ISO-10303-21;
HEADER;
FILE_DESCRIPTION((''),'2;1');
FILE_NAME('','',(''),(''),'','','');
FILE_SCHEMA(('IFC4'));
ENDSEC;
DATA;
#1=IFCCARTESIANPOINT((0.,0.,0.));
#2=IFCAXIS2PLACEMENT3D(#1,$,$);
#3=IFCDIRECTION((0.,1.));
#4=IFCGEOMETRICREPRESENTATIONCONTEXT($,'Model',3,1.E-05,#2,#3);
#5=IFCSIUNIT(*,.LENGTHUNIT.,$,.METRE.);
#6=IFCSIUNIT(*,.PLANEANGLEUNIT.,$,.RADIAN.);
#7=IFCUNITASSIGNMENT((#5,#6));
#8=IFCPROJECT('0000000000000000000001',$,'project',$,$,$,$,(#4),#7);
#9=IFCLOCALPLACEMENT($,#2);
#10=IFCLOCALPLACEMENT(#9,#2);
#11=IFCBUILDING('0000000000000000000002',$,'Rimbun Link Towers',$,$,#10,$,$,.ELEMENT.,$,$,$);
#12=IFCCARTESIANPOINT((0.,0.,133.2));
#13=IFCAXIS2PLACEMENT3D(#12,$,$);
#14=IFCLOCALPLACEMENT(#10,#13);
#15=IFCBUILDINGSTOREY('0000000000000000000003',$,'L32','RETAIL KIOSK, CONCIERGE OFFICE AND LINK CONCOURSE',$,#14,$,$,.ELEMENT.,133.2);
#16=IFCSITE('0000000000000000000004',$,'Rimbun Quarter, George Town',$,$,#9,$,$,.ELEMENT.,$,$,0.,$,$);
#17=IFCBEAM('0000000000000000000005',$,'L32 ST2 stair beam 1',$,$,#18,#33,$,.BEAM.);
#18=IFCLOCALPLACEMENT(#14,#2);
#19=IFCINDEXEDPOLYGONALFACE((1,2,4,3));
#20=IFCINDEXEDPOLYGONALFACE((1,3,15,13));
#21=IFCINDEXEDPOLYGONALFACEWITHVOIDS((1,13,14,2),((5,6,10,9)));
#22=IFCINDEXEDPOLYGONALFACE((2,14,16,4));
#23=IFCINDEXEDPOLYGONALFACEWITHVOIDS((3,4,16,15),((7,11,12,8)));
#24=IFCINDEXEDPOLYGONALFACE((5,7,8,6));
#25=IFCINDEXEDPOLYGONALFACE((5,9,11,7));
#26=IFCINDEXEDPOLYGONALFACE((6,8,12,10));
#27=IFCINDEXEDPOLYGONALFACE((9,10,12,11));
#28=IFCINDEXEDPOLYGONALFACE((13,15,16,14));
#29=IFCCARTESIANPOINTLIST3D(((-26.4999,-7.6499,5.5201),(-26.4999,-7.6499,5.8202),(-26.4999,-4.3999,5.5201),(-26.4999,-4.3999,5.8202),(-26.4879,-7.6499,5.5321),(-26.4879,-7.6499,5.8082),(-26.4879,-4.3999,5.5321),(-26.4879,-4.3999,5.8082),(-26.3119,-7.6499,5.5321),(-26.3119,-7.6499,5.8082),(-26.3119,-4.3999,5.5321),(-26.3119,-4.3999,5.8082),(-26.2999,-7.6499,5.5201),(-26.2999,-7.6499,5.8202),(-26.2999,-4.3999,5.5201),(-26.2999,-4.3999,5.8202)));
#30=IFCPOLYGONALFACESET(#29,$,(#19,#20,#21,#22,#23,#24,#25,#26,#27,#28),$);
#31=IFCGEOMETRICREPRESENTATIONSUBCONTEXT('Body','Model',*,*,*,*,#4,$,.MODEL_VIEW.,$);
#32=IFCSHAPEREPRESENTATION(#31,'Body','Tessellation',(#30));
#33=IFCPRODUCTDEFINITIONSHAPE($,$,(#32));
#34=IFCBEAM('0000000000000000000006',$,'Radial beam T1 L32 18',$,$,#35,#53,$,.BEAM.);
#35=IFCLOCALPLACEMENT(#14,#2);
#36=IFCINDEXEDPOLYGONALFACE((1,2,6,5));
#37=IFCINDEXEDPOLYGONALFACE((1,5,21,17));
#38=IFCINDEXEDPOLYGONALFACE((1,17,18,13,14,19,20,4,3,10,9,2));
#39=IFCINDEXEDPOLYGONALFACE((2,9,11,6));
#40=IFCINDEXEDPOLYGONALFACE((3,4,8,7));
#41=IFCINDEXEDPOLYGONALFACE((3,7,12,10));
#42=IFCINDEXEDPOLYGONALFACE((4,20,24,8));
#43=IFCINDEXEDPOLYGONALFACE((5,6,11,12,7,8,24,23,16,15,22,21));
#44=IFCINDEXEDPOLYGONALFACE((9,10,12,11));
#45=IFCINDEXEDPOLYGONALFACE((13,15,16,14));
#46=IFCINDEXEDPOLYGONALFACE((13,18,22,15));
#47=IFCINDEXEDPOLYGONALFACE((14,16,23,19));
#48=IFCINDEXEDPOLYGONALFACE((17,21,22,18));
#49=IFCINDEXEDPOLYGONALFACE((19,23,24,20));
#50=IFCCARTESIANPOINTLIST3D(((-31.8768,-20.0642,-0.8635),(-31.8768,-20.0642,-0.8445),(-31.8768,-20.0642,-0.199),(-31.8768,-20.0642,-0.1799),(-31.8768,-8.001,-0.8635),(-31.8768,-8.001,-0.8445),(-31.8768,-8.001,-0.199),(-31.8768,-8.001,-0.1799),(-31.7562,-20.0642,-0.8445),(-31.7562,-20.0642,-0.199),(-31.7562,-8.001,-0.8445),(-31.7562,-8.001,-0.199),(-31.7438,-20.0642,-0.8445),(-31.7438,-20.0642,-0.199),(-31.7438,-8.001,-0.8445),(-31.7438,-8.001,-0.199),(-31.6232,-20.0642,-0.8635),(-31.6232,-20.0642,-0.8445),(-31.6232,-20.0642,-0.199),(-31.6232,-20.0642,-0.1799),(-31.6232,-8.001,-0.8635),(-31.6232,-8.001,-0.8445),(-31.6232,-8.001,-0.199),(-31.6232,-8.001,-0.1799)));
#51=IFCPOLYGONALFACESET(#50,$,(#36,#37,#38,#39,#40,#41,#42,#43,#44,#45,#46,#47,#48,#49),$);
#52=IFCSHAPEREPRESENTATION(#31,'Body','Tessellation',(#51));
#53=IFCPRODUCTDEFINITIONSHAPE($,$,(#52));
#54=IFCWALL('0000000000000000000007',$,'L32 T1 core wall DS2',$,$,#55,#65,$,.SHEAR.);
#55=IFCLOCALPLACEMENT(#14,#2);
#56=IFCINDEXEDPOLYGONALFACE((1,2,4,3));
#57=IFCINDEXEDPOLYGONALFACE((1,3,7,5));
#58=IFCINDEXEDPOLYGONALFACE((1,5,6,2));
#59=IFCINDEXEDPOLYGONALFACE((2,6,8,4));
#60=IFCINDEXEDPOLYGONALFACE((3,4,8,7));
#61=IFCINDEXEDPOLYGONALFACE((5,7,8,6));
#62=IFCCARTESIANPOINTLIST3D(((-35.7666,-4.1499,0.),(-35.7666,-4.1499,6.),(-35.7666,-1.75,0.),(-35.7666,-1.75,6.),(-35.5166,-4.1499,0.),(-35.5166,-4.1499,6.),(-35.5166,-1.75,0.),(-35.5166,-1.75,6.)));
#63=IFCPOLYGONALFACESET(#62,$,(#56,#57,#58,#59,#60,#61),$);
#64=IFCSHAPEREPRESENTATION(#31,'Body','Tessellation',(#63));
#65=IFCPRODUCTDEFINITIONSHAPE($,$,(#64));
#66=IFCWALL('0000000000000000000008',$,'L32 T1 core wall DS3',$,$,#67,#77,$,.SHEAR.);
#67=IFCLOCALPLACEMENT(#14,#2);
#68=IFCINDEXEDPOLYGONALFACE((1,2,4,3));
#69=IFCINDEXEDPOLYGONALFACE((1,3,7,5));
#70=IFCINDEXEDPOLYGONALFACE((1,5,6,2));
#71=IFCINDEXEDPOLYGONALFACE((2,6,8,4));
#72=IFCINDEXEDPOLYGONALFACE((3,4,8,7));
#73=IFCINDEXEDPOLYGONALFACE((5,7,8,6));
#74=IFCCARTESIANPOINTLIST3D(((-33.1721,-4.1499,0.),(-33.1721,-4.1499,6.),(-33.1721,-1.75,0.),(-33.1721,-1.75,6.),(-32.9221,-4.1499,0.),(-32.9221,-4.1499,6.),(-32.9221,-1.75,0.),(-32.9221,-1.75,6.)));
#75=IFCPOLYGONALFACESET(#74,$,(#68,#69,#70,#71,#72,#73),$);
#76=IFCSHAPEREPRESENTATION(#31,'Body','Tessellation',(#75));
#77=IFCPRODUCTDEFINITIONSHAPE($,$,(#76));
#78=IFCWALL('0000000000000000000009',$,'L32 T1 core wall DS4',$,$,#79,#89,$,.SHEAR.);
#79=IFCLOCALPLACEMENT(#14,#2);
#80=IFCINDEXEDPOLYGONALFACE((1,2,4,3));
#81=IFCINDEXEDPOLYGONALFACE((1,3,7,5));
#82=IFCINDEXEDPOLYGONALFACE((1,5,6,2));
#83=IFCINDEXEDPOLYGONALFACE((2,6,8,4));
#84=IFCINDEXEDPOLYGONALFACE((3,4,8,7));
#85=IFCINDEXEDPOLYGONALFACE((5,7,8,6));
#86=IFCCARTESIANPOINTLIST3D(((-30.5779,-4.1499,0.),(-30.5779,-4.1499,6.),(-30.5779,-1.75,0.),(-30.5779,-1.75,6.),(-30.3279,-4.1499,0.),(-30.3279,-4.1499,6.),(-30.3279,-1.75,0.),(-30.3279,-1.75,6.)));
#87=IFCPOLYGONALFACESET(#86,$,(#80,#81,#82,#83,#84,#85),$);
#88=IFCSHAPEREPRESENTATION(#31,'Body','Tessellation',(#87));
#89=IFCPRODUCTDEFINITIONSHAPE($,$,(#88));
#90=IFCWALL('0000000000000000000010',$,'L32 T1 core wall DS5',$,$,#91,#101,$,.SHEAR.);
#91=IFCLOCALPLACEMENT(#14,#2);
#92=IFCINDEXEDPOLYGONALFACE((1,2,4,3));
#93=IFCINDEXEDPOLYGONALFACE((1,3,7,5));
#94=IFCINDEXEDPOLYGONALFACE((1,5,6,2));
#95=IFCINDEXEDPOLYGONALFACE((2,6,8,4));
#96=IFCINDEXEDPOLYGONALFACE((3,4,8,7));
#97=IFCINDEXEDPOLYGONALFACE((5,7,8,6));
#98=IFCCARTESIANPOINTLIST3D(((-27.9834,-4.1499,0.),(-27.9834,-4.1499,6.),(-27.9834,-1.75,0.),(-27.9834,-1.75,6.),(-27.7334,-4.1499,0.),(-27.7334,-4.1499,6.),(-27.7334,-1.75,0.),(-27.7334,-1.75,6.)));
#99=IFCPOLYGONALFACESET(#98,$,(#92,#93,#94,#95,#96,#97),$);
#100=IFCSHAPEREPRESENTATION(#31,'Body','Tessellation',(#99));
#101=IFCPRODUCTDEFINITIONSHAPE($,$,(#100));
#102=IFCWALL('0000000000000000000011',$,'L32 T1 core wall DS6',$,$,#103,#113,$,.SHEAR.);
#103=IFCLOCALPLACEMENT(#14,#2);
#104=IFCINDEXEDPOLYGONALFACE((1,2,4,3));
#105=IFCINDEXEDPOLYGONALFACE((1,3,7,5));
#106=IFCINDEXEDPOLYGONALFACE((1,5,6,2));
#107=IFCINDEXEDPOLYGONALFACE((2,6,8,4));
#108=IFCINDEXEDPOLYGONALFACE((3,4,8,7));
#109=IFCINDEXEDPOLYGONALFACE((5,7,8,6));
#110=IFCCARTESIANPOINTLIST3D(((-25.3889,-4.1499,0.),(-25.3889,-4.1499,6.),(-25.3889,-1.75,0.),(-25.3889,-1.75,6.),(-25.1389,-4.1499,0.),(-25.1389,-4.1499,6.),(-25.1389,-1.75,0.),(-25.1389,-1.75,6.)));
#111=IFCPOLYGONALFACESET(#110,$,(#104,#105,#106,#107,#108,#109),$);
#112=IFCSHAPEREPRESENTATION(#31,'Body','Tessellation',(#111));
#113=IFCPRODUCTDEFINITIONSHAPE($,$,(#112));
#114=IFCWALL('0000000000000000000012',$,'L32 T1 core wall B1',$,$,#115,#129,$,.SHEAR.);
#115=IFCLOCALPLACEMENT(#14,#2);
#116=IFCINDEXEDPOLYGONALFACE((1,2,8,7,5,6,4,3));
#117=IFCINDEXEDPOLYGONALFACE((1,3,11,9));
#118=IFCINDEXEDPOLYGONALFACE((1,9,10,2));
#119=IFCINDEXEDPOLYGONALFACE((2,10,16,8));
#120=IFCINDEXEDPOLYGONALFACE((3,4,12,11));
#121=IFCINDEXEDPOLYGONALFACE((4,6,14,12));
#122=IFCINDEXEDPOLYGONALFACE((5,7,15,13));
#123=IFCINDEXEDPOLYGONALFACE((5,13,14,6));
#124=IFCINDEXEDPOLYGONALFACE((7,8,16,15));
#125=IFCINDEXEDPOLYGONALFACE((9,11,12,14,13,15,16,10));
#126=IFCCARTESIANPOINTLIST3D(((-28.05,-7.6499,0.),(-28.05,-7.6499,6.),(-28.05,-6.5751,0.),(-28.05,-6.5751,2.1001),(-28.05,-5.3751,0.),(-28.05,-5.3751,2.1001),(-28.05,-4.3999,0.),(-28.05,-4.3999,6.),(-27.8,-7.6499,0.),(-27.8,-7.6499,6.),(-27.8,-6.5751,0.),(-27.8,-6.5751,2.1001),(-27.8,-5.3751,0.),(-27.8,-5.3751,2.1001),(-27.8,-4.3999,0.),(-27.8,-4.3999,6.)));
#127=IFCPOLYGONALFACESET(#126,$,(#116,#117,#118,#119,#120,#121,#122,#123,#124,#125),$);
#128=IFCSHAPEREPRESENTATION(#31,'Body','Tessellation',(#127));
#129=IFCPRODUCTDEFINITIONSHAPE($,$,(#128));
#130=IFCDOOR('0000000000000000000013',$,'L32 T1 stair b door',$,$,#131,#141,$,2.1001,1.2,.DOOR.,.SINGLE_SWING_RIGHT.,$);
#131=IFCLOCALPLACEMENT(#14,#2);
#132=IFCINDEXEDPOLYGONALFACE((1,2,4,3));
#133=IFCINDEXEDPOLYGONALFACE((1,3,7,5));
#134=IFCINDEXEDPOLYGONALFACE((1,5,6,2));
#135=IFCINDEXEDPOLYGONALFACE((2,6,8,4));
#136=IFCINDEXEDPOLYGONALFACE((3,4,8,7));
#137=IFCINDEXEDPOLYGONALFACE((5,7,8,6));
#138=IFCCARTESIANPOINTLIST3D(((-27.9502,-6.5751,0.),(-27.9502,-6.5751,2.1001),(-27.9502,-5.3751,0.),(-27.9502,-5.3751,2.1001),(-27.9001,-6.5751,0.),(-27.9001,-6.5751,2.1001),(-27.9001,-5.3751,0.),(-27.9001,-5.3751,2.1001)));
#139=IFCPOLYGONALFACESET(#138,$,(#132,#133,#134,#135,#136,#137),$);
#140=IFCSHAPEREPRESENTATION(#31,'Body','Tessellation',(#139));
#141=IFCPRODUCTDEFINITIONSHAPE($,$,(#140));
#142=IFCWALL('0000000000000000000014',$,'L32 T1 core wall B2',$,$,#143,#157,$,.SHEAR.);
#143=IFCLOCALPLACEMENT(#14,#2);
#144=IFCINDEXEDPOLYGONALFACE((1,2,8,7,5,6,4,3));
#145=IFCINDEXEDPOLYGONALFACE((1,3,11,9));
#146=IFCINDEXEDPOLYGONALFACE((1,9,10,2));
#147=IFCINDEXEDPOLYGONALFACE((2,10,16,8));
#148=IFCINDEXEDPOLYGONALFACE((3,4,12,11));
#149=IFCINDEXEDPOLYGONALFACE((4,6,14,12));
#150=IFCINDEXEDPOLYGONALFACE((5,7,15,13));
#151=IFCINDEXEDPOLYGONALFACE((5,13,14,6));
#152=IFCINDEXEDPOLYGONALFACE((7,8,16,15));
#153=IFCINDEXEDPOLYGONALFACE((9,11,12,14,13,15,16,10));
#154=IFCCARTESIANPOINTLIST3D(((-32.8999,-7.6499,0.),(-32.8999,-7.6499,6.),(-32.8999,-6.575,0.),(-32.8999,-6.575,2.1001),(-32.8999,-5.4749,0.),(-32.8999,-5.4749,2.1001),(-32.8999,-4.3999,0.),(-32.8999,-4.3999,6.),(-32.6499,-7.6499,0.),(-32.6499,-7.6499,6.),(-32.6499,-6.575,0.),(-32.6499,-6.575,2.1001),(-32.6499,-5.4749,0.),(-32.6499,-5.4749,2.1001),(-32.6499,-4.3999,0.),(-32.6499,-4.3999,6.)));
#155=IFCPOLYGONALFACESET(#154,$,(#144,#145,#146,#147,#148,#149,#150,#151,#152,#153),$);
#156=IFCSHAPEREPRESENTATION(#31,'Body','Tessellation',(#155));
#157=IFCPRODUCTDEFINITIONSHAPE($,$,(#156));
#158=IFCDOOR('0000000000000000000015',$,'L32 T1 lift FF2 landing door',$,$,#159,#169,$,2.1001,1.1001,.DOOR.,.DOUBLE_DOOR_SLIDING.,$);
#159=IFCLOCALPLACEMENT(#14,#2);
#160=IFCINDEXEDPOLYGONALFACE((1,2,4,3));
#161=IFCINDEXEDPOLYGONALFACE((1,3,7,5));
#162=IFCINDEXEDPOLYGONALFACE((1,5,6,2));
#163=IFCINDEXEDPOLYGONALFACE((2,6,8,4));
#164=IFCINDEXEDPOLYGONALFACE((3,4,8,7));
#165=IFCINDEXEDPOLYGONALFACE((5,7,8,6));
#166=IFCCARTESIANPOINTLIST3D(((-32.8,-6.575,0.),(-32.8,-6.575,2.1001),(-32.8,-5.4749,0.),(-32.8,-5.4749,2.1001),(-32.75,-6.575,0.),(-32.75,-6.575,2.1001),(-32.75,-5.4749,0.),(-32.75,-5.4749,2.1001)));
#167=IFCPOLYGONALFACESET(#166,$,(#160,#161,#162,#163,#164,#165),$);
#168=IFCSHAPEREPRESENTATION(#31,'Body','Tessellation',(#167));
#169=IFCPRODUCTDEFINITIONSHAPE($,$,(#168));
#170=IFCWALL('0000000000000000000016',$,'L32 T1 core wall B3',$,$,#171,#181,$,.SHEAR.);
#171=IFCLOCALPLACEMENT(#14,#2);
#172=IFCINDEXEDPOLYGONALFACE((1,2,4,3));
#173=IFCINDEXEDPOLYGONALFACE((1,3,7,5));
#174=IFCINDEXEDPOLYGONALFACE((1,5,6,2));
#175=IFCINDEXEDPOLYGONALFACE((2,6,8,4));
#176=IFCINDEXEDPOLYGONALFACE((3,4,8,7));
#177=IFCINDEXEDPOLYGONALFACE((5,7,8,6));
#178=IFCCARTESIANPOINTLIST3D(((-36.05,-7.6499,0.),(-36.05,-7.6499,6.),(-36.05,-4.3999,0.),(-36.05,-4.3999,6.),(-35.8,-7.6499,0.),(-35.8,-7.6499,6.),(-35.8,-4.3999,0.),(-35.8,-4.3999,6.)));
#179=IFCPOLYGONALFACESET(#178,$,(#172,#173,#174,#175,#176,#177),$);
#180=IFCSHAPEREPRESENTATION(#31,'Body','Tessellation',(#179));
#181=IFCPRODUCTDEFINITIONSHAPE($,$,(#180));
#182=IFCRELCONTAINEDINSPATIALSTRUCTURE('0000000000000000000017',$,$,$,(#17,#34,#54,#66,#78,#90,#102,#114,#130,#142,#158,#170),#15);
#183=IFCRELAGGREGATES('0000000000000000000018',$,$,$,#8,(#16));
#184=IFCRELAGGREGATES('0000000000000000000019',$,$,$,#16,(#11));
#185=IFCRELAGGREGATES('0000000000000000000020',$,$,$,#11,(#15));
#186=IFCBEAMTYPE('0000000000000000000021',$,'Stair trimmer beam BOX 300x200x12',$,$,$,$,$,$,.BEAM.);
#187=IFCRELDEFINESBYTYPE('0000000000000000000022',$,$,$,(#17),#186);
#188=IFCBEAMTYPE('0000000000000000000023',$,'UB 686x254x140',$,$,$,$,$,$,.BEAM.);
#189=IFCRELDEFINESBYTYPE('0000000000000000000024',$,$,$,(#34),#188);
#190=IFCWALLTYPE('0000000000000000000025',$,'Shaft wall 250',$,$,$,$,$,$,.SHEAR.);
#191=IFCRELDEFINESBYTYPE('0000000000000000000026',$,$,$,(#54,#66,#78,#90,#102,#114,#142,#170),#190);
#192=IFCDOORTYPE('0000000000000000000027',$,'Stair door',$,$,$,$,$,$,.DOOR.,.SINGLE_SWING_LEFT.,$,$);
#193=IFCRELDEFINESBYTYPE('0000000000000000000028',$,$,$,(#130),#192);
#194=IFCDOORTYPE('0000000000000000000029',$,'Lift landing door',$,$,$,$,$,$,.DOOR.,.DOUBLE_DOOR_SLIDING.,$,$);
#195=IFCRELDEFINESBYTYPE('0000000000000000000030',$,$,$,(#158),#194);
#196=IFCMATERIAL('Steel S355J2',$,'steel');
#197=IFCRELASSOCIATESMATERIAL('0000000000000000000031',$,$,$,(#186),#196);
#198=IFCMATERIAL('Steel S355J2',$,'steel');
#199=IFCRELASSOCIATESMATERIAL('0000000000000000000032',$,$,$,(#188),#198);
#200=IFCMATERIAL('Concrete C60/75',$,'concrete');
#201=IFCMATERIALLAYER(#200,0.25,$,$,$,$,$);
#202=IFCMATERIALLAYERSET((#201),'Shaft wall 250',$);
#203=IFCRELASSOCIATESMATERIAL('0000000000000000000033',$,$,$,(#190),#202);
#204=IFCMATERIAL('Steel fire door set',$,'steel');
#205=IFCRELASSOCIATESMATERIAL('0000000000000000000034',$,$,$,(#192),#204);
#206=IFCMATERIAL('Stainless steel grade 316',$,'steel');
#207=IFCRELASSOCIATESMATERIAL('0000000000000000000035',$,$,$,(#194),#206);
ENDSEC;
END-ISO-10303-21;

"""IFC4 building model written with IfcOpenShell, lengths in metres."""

from ifc_helpers import new_model, si_unit, direction, frame, frame_2d, origin, origin_2d, place, context, subcontext, project, spatial, rectangle, hollow_rectangle, i_section, extrude, material, layer, layer_set, material_profile, profile_set, type_object, element, fill, save


model = new_model("IFC4")

# Units and contexts
model_context = context("Model", 3, precision=1e-05, world=origin(), true_north=direction((0.0, 1.0)))
body_context = subcontext(model_context, "Body", "Model", "MODEL_VIEW")
ifc_project = project(units=[si_unit("LENGTHUNIT", "METRE"), si_unit("PLANEANGLEUNIT", "RADIAN")], contexts=[model_context])

# Site, building, storey
site_placement = place(None, origin())
site = spatial("IfcSite", under=ifc_project, at=site_placement, Name="Rimbun Quarter, George Town", CompositionType="ELEMENT", RefElevation=0.0)
building_placement = place(site_placement, origin())
building = spatial("IfcBuilding", under=site, at=building_placement, Name="Rimbun Link Towers", CompositionType="ELEMENT")
storey_placement = place(building_placement, frame((0.0, 0.0, 133.2)))
storey = spatial("IfcBuildingStorey", under=building, at=storey_placement, Name="L32", Description="RETAIL KIOSK, CONCIERGE OFFICE AND LINK CONCOURSE", CompositionType="ELEMENT", Elevation=133.2)

# Beams
ifc_material_1 = material(Name="Steel S355J2", Category="steel")
ifc_material_profile_1 = material_profile(ifc_material_1, hollow_rectangle(XDim=0.2, YDim=0.3, WallThickness=0.012, at=origin_2d()), Name="BOX 300x200x12")
ifc_profile_set_1 = profile_set([ifc_material_profile_1], Name="Steel S355J2")
beam_type_1 = type_object("IfcBeamType", Name="Stair trimmer beam BOX 300x200x12", PredefinedType="BEAM", material=ifc_profile_set_1)
beam_1_placement = place(storey_placement, frame((-26.3999, -7.6499, 5.6702), z_axis=(0.0, 1.0, 0.0), x_axis=(-1.0, 0.0, 0.0)))
element("IfcBeam", 1, at=beam_1_placement, inside=storey, type_object=beam_type_1, Name="L32 ST2 stair beam 1", PredefinedType="BEAM", context=body_context, shape_type="SweptSolid", body=[
    extrude(hollow_rectangle(XDim=0.2, YDim=0.3, WallThickness=0.012, at=origin_2d()), origin(), (0.0, 0.0, 1.0), 3.25),
])
ifc_material_2 = material(Name="Steel S355J2", Category="steel")
ifc_material_profile_2 = material_profile(ifc_material_2, i_section(OverallWidth=0.2537, OverallDepth=0.6836, WebThickness=0.0125, FlangeThickness=0.019, at=origin_2d()), Name="UB 686x254x140")
ifc_profile_set_2 = profile_set([ifc_material_profile_2], Name="Steel S355J2")
beam_type_2 = type_object("IfcBeamType", Name="UB 686x254x140", PredefinedType="BEAM", material=ifc_profile_set_2)
beam_2_placement = place(storey_placement, frame((-31.75, -8.001, -0.5217), z_axis=(0.0, -1.0, 0.0), x_axis=(1.0, 0.0, 0.0)))
element("IfcBeam", 2, at=beam_2_placement, inside=storey, type_object=beam_type_2, Name="Radial beam T1 L32 18", PredefinedType="BEAM", context=body_context, shape_type="SweptSolid", body=[
    extrude(i_section(OverallWidth=0.2537, OverallDepth=0.6836, WebThickness=0.0125, FlangeThickness=0.019, at=origin_2d()), origin(), (0.0, 0.0, 1.0), 12.0632),
])

# Walls
ifc_material_3 = material(Name="Concrete C60/75", Category="concrete")
ifc_layer = layer(ifc_material_3, 0.25)
ifc_layer_set = layer_set([ifc_layer], Name="Shaft wall 250")
wall_type = type_object("IfcWallType", Name="Shaft wall 250", PredefinedType="SHEAR", material=ifc_layer_set)
for number, where, z_axis, x_axis, name in (
    (3, (-35.6416, -4.1499, 0.0), (0.0, 0.0, 1.0), (0.0, 1.0, 0.0), "L32 T1 core wall DS2"),
    (4, (-33.0471, -4.1499, 0.0), (0.0, 0.0, 1.0), (0.0, 1.0, 0.0), "L32 T1 core wall DS3"),
    (5, (-30.4529, -4.1499, 0.0), (0.0, 0.0, 1.0), (0.0, 1.0, 0.0), "L32 T1 core wall DS4"),
    (6, (-27.8584, -4.1499, 0.0), (0.0, 0.0, 1.0), (0.0, 1.0, 0.0), "L32 T1 core wall DS5"),
    (7, (-25.2639, -4.1499, 0.0), (0.0, 0.0, 1.0), (0.0, 1.0, 0.0), "L32 T1 core wall DS6"),
):
    element("IfcWall", number, at=place(storey_placement, frame(where, z_axis=z_axis, x_axis=x_axis)), inside=storey, type_object=wall_type, Name=name, PredefinedType="SHEAR", context=body_context, shape_type="SweptSolid", body=[
        extrude(rectangle(XDim=2.3999, YDim=0.25, at=frame_2d((1.2, 0.0))), origin(), (0.0, 0.0, 1.0), 6.0),
    ])

# Walls, openings, doors
wall_1_placement = place(storey_placement, frame((-27.925, -4.3999, 0.0), z_axis=(0.0, 0.0, 1.0), x_axis=(0.0, -1.0, 0.0)))
wall_1 = element("IfcWall", 8, at=wall_1_placement, inside=storey, type_object=wall_type, Name="L32 T1 core wall B1", PredefinedType="SHEAR", context=body_context, shape_type="SweptSolid", body=[
    extrude(rectangle(XDim=3.25, YDim=0.25, at=frame_2d((1.625, 0.0))), origin(), (0.0, 0.0, 1.0), 6.0),
])
opening_1_placement = place(wall_1_placement, frame((0.9751, 0.0, 0.0)))
opening_1 = element("IfcOpeningElement", 9, at=opening_1_placement, cuts=wall_1, PredefinedType="OPENING", context=body_context, shape_type="SweptSolid", body=[
    extrude(rectangle(XDim=1.2, YDim=2.1001, at=frame_2d((0.6001, 1.05))), frame((0.0, 0.135, 0.0), z_axis=(0.0, -1.0, 0.0), x_axis=(1.0, 0.0, 0.0)), (0.0, 0.0, 1.0), 0.27),
])
ifc_material_4 = material(Name="Steel fire door set", Category="steel")
door_type_1 = type_object("IfcDoorType", Name="Stair door", OperationType="SINGLE_SWING_LEFT", PredefinedType="DOOR", material=ifc_material_4)
door_1_placement = place(opening_1_placement, origin())
door_1 = element("IfcDoor", 10, at=door_1_placement, inside=storey, type_object=door_type_1, Name="L32 T1 stair b door", OperationType="SINGLE_SWING_RIGHT", OverallHeight=2.1001, OverallWidth=1.2, PredefinedType="DOOR", context=body_context, shape_type="SweptSolid", body=[
    extrude(rectangle(XDim=1.2, YDim=2.1001, at=frame_2d((0.6001, 1.05))), frame((0.0, 0.0249, 0.0), z_axis=(0.0, -1.0, 0.0), x_axis=(1.0, 0.0, 0.0)), (0.0, 0.0, 1.0), 0.05),
])
fill(opening_1, door_1)
wall_2_placement = place(storey_placement, frame((-32.7749, -4.3999, 0.0), z_axis=(0.0, 0.0, 1.0), x_axis=(0.0, -1.0, 0.0)))
wall_2 = element("IfcWall", 11, at=wall_2_placement, inside=storey, type_object=wall_type, Name="L32 T1 core wall B2", PredefinedType="SHEAR", context=body_context, shape_type="SweptSolid", body=[
    extrude(rectangle(XDim=3.25, YDim=0.25, at=frame_2d((1.625, 0.0))), origin(), (0.0, 0.0, 1.0), 6.0),
])
opening_2_placement = place(wall_2_placement, frame((1.075, 0.0, 0.0)))
opening_2 = element("IfcOpeningElement", 12, at=opening_2_placement, cuts=wall_2, PredefinedType="OPENING", context=body_context, shape_type="SweptSolid", body=[
    extrude(rectangle(XDim=1.1001, YDim=2.1001, at=frame_2d((0.55, 1.05))), frame((0.0, 0.135, 0.0), z_axis=(0.0, -1.0, 0.0), x_axis=(1.0, 0.0, 0.0)), (0.0, 0.0, 1.0), 0.27),
])
ifc_material_5 = material(Name="Stainless steel grade 316", Category="steel")
door_type_2 = type_object("IfcDoorType", Name="Lift landing door", OperationType="DOUBLE_DOOR_SLIDING", PredefinedType="DOOR", material=ifc_material_5)
door_2_placement = place(opening_2_placement, origin())
door_2 = element("IfcDoor", 13, at=door_2_placement, inside=storey, type_object=door_type_2, Name="L32 T1 lift FF2 landing door", OperationType="DOUBLE_DOOR_SLIDING", OverallHeight=2.1001, OverallWidth=1.1001, PredefinedType="DOOR", context=body_context, shape_type="SweptSolid", body=[
    extrude(rectangle(XDim=1.1001, YDim=2.1001, at=frame_2d((0.55, 1.05))), frame((0.0, 0.0249, 0.0), z_axis=(0.0, -1.0, 0.0), x_axis=(1.0, 0.0, 0.0)), (0.0, 0.0, 1.0), 0.05),
])
fill(opening_2, door_2)

# Wall
wall_3_placement = place(storey_placement, frame((-35.925, -4.3999, 0.0), z_axis=(0.0, 0.0, 1.0), x_axis=(0.0, -1.0, 0.0)))
element("IfcWall", 14, at=wall_3_placement, inside=storey, type_object=wall_type, Name="L32 T1 core wall B3", PredefinedType="SHEAR", context=body_context, shape_type="SweptSolid", body=[
    extrude(rectangle(XDim=3.25, YDim=0.25, at=frame_2d((1.625, 0.0))), origin(), (0.0, 0.0, 1.0), 6.0),
])

save(model, "model.ifc")
